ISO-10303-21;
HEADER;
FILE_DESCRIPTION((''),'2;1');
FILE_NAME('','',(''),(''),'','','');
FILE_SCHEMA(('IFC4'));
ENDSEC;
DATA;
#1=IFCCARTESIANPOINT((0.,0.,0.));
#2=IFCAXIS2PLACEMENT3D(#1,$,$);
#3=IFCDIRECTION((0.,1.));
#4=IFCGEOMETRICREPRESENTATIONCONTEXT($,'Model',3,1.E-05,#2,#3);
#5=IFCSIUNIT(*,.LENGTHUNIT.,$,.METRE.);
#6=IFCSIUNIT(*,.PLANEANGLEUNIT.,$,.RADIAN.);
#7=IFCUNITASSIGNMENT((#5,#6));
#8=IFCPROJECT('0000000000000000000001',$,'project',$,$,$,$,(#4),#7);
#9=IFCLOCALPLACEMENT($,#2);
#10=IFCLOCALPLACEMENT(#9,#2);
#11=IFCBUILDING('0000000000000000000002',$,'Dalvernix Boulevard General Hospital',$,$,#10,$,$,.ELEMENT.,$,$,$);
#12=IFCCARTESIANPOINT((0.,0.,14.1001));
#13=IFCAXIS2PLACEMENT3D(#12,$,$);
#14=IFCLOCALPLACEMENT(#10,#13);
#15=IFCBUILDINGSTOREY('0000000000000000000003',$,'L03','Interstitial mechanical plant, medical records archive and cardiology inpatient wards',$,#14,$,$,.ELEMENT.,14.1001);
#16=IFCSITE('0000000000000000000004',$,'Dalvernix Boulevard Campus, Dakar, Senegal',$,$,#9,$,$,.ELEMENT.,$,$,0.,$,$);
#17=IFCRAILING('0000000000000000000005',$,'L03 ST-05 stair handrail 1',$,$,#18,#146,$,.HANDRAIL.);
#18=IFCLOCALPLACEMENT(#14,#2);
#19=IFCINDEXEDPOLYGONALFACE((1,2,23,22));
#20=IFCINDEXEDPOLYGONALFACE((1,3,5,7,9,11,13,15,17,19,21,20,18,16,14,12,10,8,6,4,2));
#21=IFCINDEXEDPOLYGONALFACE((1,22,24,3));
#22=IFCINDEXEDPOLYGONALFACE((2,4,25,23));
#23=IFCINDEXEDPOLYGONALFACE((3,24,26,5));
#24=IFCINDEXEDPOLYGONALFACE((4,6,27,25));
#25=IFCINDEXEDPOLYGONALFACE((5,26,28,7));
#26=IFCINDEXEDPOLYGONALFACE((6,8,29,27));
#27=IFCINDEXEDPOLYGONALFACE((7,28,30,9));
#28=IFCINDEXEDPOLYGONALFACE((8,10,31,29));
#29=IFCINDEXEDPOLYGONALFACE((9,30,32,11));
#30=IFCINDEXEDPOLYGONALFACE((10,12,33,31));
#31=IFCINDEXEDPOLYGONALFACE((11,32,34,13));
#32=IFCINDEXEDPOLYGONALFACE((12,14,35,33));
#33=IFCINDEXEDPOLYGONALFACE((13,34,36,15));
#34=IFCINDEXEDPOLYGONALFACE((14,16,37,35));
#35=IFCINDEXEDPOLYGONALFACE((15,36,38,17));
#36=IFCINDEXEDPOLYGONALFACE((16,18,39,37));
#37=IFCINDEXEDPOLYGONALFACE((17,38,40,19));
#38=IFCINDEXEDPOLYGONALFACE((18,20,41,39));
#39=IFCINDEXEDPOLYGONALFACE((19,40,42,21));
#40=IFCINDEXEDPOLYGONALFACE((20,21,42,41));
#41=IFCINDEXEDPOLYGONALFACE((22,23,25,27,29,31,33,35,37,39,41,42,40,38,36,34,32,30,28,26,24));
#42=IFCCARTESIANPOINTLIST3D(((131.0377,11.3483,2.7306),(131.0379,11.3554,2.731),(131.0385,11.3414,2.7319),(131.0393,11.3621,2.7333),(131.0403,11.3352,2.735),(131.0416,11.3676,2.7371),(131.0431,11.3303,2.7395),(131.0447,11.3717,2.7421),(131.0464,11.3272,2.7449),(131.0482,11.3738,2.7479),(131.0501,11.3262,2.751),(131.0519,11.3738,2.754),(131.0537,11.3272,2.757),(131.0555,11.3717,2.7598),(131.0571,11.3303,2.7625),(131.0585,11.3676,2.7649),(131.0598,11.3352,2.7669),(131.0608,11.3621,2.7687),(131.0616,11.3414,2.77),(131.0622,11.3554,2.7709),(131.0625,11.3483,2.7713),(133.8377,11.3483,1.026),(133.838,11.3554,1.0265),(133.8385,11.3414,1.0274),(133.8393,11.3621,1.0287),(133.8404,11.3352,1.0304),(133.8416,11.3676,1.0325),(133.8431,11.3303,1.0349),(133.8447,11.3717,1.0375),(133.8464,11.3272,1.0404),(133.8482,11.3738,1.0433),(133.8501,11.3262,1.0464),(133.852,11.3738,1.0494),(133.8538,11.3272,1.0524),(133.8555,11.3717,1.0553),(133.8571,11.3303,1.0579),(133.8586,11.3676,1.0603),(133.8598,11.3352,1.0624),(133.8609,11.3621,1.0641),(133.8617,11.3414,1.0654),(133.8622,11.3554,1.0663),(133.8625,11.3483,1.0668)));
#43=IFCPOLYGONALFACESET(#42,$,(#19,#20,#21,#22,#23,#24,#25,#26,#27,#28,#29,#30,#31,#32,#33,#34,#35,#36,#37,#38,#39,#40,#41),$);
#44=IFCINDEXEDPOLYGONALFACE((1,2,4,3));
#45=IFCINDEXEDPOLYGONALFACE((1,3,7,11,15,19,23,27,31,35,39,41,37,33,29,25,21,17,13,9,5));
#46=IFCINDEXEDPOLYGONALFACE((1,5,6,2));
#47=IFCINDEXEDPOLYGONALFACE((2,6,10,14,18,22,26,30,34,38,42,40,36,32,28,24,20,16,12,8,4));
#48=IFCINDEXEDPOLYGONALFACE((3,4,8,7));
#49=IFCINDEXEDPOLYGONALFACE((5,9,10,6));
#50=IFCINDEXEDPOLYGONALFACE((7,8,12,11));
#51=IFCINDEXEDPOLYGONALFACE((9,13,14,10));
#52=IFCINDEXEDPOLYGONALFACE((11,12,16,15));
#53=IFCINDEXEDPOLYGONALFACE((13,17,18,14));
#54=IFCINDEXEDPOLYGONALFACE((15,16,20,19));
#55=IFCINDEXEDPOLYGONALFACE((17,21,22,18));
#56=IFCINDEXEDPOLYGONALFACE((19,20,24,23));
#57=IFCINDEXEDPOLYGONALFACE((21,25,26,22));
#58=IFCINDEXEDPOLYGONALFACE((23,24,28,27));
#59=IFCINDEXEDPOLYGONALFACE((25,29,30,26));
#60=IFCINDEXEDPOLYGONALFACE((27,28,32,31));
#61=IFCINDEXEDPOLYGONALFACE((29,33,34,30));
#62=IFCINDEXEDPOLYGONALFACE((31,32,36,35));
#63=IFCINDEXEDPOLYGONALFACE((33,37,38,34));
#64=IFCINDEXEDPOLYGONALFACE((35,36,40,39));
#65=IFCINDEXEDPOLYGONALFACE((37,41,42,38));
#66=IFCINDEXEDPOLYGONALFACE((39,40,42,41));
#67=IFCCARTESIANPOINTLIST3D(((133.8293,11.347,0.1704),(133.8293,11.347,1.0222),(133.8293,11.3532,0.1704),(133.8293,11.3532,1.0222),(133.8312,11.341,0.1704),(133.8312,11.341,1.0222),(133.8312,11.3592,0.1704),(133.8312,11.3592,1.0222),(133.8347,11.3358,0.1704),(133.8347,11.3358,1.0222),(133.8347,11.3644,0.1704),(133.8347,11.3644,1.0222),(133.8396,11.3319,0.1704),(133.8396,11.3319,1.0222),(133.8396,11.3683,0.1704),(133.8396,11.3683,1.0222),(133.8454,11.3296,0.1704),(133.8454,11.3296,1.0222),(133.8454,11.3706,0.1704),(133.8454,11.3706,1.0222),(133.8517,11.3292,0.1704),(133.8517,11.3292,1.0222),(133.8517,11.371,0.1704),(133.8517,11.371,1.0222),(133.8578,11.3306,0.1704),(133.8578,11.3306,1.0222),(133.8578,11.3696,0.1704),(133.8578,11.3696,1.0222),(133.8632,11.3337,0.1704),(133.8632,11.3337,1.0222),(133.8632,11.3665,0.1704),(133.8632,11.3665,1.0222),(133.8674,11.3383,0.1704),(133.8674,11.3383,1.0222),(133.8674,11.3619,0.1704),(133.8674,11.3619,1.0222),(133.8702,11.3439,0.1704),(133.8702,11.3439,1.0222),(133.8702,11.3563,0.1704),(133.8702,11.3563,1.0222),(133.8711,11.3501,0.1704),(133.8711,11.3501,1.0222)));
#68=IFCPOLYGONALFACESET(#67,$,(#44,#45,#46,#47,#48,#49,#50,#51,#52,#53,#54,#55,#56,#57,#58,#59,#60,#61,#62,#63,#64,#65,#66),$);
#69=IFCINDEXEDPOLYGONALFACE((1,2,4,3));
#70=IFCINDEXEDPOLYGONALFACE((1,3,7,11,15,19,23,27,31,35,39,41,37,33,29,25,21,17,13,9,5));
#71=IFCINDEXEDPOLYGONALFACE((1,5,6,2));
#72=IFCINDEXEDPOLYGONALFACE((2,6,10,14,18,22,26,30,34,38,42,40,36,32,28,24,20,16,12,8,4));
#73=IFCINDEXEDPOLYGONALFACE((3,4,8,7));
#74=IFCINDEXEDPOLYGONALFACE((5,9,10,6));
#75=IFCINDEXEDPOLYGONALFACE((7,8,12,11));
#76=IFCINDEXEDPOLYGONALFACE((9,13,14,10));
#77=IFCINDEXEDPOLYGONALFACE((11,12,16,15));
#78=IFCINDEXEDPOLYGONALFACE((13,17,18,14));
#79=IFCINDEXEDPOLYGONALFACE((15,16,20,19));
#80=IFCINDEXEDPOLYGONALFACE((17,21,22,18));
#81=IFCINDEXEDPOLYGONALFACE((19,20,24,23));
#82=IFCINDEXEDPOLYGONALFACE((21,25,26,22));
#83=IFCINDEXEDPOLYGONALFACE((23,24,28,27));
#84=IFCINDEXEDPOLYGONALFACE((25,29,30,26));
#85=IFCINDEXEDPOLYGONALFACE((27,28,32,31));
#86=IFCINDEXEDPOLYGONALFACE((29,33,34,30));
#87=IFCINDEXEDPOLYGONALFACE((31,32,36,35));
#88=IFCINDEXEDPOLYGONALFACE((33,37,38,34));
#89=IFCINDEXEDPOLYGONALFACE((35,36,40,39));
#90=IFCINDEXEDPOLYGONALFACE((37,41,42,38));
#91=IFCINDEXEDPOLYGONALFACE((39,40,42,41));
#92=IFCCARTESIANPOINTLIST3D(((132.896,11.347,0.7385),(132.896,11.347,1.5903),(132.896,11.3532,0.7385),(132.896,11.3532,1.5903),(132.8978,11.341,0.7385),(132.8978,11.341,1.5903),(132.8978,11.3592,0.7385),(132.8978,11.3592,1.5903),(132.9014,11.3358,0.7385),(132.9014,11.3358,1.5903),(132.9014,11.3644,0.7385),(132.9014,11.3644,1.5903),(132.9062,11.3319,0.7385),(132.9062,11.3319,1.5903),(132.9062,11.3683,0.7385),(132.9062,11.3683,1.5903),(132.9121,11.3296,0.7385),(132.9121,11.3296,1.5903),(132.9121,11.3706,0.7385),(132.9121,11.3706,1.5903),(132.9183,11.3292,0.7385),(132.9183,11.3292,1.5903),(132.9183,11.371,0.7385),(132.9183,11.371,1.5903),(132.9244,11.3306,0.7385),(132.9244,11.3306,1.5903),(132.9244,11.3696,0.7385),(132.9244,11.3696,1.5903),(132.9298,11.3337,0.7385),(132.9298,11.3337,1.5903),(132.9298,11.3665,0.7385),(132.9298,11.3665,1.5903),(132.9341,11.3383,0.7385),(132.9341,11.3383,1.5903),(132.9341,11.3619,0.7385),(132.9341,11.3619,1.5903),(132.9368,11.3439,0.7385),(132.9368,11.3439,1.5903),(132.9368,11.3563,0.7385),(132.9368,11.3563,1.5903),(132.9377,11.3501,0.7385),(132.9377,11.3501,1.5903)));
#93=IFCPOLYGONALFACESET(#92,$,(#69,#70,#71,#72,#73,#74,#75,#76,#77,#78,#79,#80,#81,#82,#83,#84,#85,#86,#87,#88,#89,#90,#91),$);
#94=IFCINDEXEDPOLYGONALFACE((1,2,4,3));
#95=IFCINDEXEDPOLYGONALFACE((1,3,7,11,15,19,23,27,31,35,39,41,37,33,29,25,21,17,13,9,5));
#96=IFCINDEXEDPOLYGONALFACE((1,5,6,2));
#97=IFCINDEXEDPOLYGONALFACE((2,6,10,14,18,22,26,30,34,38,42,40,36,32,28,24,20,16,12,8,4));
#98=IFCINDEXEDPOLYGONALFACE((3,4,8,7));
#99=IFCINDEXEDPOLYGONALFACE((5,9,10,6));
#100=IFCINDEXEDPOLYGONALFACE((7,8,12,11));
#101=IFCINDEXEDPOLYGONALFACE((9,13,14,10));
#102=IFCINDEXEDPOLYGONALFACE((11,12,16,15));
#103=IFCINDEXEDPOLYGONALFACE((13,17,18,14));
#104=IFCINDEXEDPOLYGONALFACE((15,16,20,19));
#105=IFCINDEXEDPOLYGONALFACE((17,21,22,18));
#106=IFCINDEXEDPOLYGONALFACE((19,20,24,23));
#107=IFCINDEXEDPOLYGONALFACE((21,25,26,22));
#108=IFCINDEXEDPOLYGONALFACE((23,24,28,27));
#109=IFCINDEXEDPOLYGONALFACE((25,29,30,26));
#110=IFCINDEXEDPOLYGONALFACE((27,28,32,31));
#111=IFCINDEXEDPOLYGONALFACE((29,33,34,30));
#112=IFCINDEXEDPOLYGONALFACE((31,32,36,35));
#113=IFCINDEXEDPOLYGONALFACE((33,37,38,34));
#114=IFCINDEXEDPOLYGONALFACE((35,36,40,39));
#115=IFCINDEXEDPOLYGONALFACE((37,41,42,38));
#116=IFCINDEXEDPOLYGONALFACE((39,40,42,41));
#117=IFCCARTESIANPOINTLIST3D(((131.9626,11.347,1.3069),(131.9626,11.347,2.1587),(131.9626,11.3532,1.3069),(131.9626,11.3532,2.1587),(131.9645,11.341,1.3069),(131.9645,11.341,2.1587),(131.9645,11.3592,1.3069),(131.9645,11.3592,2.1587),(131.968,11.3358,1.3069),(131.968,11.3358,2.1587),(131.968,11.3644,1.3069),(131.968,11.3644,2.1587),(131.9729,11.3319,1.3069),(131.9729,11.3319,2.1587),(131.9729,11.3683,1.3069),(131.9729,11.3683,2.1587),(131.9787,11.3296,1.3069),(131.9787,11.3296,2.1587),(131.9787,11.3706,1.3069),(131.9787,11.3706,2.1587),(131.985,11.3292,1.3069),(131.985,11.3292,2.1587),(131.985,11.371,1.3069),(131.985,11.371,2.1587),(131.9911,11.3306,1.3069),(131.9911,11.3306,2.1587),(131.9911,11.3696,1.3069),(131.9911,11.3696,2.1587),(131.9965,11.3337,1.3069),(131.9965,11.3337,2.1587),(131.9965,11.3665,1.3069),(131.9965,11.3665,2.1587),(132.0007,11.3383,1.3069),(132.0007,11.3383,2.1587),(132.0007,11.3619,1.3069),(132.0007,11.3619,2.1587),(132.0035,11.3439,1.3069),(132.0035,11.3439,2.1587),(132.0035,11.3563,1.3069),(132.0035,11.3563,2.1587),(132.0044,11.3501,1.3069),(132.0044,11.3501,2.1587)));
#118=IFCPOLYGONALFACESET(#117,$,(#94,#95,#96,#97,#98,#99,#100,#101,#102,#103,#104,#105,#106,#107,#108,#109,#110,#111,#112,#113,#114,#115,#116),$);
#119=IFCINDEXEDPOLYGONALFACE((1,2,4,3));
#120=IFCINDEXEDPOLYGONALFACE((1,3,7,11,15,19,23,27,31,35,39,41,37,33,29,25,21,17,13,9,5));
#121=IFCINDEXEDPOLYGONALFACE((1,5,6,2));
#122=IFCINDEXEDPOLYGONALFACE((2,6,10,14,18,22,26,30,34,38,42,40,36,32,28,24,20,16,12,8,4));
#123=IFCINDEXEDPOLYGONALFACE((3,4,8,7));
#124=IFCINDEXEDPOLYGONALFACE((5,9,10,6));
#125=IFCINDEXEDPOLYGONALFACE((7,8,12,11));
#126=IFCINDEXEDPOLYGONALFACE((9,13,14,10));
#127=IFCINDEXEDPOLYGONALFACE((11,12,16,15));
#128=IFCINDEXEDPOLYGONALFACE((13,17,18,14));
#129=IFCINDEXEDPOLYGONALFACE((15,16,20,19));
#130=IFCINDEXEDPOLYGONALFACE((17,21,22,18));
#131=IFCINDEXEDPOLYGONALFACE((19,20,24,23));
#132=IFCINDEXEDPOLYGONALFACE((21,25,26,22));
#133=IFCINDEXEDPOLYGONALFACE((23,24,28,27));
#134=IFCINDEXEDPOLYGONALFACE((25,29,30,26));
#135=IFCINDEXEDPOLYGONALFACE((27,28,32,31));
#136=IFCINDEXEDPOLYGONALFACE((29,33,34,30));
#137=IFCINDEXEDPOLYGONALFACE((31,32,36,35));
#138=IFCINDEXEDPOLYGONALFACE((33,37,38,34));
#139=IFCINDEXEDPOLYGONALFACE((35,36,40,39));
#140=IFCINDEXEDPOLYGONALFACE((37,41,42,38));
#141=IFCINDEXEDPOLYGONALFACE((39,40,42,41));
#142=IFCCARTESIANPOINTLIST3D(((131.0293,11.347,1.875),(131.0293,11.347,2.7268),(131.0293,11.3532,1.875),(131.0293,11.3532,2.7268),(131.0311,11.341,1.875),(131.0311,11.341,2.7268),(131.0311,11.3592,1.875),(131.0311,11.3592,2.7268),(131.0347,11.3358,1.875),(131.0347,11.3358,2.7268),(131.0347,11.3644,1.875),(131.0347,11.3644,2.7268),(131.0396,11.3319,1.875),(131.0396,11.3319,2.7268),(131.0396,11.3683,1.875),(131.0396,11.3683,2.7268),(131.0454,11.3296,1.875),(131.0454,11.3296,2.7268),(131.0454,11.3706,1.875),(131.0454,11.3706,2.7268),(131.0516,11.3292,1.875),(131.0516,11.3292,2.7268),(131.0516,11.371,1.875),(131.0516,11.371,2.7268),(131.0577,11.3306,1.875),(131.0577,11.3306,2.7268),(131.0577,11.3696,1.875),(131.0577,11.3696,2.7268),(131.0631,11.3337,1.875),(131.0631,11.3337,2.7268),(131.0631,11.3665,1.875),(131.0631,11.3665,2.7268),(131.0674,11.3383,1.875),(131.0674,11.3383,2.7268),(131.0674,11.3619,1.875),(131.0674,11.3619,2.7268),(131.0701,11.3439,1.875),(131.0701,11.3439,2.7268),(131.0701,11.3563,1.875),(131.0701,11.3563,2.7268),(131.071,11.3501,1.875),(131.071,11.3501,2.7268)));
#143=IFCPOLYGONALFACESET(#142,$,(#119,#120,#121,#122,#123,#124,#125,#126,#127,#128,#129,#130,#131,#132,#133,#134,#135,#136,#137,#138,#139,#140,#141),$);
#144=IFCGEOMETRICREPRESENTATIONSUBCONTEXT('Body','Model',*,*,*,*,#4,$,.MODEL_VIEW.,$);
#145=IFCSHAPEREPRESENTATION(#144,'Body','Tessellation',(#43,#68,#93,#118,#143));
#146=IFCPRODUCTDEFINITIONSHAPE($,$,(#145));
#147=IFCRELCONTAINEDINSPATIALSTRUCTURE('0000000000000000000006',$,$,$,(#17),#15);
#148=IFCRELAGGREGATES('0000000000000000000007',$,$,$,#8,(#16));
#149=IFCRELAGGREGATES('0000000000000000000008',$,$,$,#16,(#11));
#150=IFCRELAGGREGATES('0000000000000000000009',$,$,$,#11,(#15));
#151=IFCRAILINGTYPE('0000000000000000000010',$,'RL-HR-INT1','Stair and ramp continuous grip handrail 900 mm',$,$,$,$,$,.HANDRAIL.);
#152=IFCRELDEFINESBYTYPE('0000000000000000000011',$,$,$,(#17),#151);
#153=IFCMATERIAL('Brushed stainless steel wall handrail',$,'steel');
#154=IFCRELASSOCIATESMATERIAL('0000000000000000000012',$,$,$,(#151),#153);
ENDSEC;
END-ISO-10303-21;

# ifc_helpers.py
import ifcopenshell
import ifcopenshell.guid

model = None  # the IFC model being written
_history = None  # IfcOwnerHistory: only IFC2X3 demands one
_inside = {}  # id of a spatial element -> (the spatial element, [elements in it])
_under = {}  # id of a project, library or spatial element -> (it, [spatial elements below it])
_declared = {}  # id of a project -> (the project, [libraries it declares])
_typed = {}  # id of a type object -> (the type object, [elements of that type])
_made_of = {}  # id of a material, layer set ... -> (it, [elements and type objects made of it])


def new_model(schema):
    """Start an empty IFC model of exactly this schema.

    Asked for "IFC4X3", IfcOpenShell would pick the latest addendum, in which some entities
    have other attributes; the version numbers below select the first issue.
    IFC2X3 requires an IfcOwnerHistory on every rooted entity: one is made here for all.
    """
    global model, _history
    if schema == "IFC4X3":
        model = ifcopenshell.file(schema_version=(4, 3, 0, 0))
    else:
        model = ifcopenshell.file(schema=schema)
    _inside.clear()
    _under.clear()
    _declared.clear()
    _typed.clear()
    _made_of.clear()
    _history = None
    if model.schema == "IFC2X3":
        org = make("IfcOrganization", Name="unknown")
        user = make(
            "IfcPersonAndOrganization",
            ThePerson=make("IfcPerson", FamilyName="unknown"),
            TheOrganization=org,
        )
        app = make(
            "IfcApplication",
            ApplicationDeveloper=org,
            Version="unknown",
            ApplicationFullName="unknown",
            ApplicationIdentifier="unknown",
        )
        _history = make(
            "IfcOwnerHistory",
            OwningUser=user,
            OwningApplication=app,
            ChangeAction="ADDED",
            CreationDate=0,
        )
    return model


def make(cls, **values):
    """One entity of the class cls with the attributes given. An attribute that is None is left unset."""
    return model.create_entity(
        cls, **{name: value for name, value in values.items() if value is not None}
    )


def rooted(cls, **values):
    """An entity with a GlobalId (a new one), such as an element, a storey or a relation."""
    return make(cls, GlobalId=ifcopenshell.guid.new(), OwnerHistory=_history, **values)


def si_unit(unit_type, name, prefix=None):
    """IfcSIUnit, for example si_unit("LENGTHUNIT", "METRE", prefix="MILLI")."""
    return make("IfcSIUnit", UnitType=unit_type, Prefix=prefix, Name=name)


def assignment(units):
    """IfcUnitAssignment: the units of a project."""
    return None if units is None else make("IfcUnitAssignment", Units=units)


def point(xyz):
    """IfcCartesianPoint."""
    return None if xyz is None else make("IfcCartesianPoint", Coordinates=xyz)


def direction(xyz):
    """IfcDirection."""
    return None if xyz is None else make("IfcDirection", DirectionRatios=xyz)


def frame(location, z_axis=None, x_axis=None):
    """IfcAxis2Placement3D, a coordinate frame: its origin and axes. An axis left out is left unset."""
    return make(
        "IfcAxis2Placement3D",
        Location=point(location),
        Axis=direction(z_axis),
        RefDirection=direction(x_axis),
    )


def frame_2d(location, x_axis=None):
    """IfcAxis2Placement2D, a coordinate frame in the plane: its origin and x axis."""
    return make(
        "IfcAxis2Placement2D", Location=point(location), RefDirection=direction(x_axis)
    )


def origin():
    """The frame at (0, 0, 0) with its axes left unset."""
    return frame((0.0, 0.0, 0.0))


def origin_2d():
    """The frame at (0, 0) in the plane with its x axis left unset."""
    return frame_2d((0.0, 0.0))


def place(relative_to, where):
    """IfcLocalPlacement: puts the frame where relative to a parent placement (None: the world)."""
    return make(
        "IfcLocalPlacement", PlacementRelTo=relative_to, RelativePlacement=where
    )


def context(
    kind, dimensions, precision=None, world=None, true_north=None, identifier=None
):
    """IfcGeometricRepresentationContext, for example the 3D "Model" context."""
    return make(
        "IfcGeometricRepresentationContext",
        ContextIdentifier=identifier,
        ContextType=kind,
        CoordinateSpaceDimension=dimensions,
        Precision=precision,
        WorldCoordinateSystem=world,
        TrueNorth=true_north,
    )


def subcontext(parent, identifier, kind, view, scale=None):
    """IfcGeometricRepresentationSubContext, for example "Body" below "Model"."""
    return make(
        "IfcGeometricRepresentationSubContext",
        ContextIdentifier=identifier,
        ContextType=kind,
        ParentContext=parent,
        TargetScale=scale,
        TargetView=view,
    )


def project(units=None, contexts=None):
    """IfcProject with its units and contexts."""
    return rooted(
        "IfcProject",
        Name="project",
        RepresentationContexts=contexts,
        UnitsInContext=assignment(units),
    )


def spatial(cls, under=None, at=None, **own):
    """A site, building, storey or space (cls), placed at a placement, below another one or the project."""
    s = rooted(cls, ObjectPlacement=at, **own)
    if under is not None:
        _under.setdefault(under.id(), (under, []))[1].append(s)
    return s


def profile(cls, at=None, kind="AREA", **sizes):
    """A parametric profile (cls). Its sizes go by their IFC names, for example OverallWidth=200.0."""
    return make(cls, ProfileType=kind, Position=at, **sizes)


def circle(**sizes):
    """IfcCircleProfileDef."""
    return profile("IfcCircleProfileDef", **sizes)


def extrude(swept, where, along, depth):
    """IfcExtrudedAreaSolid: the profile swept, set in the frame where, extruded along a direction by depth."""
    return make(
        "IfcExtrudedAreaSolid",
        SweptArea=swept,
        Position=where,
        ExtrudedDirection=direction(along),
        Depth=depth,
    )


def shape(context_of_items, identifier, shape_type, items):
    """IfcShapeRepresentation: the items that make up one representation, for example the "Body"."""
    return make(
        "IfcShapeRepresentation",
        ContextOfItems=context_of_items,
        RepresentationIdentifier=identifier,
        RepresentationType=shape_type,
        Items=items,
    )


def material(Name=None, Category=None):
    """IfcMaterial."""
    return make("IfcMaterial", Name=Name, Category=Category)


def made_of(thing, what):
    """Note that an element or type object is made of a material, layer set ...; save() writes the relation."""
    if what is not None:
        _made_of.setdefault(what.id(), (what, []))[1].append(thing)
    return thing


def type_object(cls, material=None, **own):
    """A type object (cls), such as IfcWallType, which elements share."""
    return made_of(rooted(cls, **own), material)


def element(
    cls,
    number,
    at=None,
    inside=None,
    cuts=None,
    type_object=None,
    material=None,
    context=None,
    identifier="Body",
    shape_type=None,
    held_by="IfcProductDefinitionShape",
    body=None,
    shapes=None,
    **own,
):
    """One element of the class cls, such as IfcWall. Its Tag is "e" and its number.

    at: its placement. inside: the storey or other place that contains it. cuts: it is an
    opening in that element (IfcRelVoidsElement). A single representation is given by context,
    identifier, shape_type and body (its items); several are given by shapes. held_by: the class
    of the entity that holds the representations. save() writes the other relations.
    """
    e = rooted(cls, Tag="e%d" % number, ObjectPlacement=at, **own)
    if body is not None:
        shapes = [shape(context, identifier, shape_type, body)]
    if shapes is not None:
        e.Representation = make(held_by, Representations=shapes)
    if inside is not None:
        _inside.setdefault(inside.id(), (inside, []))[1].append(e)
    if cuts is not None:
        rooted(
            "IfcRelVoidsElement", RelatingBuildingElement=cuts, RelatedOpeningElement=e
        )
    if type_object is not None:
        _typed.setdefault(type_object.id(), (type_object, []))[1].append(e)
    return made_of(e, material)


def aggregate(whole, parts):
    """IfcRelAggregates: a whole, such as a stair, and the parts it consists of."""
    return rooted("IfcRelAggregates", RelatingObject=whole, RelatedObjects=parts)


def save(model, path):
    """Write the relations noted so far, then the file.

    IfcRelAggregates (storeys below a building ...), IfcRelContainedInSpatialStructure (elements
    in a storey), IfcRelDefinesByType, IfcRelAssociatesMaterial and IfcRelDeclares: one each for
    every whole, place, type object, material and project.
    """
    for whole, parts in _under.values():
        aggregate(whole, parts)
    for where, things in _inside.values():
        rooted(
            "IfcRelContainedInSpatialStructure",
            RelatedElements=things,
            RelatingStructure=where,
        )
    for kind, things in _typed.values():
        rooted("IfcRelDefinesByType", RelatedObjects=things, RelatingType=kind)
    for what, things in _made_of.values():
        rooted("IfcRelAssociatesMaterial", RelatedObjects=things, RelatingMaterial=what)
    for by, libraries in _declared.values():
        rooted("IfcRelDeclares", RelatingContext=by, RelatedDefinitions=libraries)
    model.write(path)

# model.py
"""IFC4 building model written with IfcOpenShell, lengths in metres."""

from ifc_helpers import new_model, si_unit, direction, frame, origin, origin_2d, place, context, subcontext, project, spatial, circle, extrude, material, type_object, element, save


model = new_model("IFC4")

# Units and contexts
model_context = context("Model", 3, precision=1e-05, world=origin(), true_north=direction((0.0, 1.0)))
body_context = subcontext(model_context, "Body", "Model", "MODEL_VIEW")
ifc_project = project(units=[si_unit("LENGTHUNIT", "METRE"), si_unit("PLANEANGLEUNIT", "RADIAN")], contexts=[model_context])

# Site, building, storey
site_placement = place(None, origin())
site = spatial("IfcSite", under=ifc_project, at=site_placement, Name="Dalvernix Boulevard Campus, Dakar, Senegal", CompositionType="ELEMENT", RefElevation=0.0)
building_placement = place(site_placement, origin())
building = spatial("IfcBuilding", under=site, at=building_placement, Name="Dalvernix Boulevard General Hospital", CompositionType="ELEMENT")
storey_placement = place(building_placement, frame((0.0, 0.0, 14.1001)))
storey = spatial("IfcBuildingStorey", under=building, at=storey_placement, Name="L03", Description="Interstitial mechanical plant, medical records archive and cardiology inpatient wards", CompositionType="ELEMENT", Elevation=14.1001)

# Railing
ifc_material_1 = material(Name="Brushed stainless steel wall handrail", Category="steel")
railing_type_1 = type_object("IfcRailingType", Name="RL-HR-INT1", Description="Stair and ramp continuous grip handrail 900 mm", PredefinedType="HANDRAIL", material=ifc_material_1)
railing_1_placement = place(storey_placement, frame((133.8501, 11.3501, 0.1704)))
element("IfcRailing", 1, at=railing_1_placement, inside=storey, type_object=railing_type_1, Name="L03 ST-05 stair handrail 1", PredefinedType="HANDRAIL", context=body_context, shape_type="SweptSolid", body=[
    extrude(circle(Radius=0.0239, at=origin_2d()), frame((0.0, 0.0, 0.876), z_axis=(-0.85417, 0.0, 0.519994), x_axis=(0.0, -1.0, 0.0)), (0.0, 0.0, 1.0), 3.2781),
    extrude(circle(Radius=0.021, at=origin_2d()), origin(), (0.0, 0.0, 1.0), 0.8518),
    extrude(circle(Radius=0.021, at=origin_2d()), frame((-0.9333, 0.0, 0.5681)), (0.0, 0.0, 1.0), 0.8518),
    extrude(circle(Radius=0.021, at=origin_2d()), frame((-1.8667, 0.0, 1.1365)), (0.0, 0.0, 1.0), 0.8518),
    extrude(circle(Radius=0.021, at=origin_2d()), frame((-2.8, 0.0, 1.7046)), (0.0, 0.0, 1.0), 0.8518),
])

save(model, "model.ifc")
